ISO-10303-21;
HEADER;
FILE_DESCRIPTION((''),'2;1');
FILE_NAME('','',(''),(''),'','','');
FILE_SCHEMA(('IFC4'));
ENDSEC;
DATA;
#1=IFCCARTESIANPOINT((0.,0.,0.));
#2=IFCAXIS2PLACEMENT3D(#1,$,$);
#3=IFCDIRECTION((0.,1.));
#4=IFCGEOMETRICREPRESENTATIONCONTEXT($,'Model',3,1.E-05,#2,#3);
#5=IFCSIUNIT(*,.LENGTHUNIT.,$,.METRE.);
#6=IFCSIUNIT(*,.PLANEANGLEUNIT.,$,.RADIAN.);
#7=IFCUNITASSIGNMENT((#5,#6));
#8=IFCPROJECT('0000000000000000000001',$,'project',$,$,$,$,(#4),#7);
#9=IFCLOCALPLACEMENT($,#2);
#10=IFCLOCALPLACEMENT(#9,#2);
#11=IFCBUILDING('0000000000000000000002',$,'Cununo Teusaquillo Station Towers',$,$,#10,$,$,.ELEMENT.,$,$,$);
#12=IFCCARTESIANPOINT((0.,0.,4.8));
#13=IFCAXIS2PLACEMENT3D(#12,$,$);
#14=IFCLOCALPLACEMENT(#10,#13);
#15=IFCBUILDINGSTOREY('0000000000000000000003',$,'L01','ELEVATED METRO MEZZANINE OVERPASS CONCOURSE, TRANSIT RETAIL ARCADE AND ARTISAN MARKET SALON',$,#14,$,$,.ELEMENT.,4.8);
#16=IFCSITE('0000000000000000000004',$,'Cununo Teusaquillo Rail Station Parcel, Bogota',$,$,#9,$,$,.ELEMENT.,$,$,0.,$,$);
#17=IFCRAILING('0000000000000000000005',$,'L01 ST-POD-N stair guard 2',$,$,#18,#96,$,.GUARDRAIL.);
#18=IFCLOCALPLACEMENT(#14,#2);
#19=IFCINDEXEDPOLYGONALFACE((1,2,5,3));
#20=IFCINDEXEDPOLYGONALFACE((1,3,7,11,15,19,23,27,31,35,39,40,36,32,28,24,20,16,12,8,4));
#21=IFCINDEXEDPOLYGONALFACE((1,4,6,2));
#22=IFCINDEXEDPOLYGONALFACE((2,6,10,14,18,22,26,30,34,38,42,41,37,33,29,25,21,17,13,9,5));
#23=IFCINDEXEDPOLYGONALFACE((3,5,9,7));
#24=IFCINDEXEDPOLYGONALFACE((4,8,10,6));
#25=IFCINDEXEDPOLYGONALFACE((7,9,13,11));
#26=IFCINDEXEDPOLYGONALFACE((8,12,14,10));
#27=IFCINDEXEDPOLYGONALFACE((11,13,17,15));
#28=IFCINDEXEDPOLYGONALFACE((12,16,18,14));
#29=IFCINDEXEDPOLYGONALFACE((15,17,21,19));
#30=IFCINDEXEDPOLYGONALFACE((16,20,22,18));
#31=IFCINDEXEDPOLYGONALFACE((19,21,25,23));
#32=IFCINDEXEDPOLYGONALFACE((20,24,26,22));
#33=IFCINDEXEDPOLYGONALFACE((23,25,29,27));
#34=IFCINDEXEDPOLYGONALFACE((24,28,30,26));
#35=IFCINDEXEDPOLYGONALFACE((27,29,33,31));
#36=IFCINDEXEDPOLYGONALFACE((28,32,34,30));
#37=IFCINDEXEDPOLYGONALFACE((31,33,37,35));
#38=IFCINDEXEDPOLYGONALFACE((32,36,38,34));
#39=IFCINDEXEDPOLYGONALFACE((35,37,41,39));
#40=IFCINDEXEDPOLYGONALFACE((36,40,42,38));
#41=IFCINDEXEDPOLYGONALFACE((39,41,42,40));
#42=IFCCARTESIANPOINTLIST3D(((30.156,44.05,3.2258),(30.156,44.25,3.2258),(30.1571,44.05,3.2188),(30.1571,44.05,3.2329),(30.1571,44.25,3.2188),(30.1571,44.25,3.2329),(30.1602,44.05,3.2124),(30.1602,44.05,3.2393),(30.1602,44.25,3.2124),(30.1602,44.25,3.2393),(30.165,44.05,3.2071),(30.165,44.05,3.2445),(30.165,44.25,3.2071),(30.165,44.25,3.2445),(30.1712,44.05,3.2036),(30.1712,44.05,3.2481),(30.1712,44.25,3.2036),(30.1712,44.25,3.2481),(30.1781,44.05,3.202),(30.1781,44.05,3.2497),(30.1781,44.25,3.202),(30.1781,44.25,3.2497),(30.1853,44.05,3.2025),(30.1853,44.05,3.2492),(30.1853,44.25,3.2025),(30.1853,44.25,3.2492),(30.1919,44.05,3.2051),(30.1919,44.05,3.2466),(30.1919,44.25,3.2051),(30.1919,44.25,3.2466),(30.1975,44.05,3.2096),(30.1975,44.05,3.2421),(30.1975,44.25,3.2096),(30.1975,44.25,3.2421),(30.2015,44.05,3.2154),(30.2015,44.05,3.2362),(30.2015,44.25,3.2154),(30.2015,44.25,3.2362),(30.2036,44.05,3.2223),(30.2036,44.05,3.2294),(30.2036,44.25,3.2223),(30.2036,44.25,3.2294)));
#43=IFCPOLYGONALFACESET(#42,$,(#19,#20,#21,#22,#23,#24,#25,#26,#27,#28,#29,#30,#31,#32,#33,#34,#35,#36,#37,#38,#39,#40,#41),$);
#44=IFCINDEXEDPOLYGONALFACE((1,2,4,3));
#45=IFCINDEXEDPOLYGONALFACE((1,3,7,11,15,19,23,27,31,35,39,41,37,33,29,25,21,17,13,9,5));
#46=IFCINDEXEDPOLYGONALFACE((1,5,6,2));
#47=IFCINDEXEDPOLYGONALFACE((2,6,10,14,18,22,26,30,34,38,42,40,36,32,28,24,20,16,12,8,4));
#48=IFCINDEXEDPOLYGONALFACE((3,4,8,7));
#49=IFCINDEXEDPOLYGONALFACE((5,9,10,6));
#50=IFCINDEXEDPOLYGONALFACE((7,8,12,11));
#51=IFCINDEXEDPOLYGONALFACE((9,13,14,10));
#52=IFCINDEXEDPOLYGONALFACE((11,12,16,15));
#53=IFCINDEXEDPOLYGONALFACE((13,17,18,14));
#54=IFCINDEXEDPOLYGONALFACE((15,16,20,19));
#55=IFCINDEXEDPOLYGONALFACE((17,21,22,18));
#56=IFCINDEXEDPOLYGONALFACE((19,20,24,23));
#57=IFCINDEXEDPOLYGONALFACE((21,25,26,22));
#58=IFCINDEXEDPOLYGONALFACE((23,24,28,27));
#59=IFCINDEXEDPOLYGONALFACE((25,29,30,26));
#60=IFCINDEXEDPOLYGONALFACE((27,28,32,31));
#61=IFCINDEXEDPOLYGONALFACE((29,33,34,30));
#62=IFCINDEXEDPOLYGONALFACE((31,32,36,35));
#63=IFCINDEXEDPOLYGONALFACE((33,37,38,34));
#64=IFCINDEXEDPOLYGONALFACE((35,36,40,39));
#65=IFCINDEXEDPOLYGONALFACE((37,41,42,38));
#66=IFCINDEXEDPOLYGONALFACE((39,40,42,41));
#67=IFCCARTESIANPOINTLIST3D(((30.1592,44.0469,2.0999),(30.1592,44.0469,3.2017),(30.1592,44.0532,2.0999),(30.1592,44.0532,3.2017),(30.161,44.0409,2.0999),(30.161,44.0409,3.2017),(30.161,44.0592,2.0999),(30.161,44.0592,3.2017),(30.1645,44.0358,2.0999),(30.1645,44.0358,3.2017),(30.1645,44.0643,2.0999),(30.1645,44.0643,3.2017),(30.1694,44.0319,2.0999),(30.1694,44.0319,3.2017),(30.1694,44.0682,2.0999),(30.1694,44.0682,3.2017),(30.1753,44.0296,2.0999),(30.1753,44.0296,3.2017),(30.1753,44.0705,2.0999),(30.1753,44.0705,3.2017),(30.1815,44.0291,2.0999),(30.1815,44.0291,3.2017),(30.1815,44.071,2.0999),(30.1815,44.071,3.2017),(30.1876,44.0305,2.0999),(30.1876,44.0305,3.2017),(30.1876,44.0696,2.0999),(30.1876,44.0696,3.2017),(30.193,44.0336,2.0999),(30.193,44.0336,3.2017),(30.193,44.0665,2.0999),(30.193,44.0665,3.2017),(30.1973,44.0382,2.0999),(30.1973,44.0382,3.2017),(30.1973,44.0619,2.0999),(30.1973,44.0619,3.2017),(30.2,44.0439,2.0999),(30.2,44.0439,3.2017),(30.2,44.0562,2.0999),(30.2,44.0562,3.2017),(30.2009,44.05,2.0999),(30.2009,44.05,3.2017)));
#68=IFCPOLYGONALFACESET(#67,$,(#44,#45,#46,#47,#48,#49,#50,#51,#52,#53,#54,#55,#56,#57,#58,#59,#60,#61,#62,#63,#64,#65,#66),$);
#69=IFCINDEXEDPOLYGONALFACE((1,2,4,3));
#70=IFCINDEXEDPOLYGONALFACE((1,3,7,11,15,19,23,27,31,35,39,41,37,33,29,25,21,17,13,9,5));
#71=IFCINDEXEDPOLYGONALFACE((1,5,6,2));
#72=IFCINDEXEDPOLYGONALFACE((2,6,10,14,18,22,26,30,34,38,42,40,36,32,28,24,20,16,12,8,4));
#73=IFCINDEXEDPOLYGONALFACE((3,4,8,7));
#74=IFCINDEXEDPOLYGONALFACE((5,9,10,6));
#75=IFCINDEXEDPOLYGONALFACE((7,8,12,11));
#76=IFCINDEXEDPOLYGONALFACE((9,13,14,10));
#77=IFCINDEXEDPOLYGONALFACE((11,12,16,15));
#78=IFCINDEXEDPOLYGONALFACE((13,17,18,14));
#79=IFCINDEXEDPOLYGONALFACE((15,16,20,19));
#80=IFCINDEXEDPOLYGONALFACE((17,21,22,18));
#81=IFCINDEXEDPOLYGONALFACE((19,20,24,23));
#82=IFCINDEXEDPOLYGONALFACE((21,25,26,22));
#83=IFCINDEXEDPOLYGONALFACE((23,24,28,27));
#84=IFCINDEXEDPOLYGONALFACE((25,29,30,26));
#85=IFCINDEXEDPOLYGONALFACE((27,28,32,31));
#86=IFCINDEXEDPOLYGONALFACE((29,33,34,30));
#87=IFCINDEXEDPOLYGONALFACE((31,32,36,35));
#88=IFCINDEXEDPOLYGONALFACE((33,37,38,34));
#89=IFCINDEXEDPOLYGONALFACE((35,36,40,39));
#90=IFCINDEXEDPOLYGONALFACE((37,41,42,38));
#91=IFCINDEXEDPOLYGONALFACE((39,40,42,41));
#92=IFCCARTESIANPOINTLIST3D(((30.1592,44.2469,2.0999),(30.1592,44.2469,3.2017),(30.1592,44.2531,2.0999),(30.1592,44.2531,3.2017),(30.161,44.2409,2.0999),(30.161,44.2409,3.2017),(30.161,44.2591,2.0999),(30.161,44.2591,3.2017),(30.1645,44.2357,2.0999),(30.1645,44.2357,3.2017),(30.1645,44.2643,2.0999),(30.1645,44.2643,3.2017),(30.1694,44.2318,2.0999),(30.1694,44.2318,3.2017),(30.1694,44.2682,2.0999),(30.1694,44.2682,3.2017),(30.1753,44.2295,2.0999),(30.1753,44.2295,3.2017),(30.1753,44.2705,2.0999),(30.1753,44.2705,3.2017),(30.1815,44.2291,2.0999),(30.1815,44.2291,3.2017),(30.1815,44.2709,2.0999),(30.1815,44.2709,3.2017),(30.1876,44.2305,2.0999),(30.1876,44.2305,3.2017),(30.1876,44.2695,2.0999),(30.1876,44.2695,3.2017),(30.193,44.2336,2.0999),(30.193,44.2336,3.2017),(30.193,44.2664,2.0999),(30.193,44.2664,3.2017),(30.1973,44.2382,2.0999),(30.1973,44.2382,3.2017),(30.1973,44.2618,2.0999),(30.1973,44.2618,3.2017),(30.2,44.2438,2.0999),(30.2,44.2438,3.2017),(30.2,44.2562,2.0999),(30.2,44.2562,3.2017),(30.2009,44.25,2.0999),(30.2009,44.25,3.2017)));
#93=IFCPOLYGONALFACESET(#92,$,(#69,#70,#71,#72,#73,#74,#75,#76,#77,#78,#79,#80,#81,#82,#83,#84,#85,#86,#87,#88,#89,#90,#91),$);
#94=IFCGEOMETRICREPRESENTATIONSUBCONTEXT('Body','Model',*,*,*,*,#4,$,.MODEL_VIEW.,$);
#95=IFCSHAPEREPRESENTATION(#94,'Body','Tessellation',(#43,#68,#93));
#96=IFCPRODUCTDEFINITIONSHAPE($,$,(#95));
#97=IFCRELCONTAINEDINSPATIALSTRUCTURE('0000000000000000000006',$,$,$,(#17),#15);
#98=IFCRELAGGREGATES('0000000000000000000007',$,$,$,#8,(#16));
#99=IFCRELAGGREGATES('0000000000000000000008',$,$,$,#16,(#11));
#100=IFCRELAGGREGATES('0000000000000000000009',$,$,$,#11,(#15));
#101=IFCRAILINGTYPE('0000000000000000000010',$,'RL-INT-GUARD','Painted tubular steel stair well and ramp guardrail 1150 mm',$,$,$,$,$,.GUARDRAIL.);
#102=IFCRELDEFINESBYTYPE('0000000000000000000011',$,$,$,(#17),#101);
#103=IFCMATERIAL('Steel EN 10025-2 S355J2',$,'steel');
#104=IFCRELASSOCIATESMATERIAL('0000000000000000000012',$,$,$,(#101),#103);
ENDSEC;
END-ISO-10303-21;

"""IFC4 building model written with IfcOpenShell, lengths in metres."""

from ifc_helpers import new_model, si_unit, direction, frame, origin, origin_2d, place, context, subcontext, project, spatial, circle, extrude, material, type_object, element, save


model = new_model("IFC4")

# Units and contexts
model_context = context("Model", 3, precision=1e-05, world=origin(), true_north=direction((0.0, 1.0)))
body_context = subcontext(model_context, "Body", "Model", "MODEL_VIEW")
ifc_project = project(units=[si_unit("LENGTHUNIT", "METRE"), si_unit("PLANEANGLEUNIT", "RADIAN")], contexts=[model_context])

# Site, building, storey
site_placement = place(None, origin())
site = spatial("IfcSite", under=ifc_project, at=site_placement, Name="Cununo Teusaquillo Rail Station Parcel, Bogota", CompositionType="ELEMENT", RefElevation=0.0)
building_placement = place(site_placement, origin())
building = spatial("IfcBuilding", under=site, at=building_placement, Name="Cununo Teusaquillo Station Towers", CompositionType="ELEMENT")
storey_placement = place(building_placement, frame((0.0, 0.0, 4.8)))
storey = spatial("IfcBuildingStorey", under=building, at=storey_placement, Name="L01", Description="ELEVATED METRO MEZZANINE OVERPASS CONCOURSE, TRANSIT RETAIL ARCADE AND ARTISAN MARKET SALON", CompositionType="ELEMENT", Elevation=4.8)

# Railing
ifc_material_1 = material(Name="Steel EN 10025-2 S355J2", Category="steel")
railing_type_1 = type_object("IfcRailingType", Name="RL-INT-GUARD", Description="Painted tubular steel stair well and ramp guardrail 1150 mm", PredefinedType="GUARDRAIL", material=ifc_material_1)
railing_1_placement = place(storey_placement, frame((30.1799, 44.05, 2.0999)))
element("IfcRailing", 1, at=railing_1_placement, inside=storey, type_object=railing_type_1, Name="L01 ST-POD-N stair guard 2", PredefinedType="GUARDRAIL", context=body_context, shape_type="SweptSolid", body=[
    extrude(circle(Radius=0.0239, at=origin_2d()), frame((0.0, 0.0, 1.126), z_axis=(0.0, 1.0, 0.0), x_axis=(-1.0, 0.0, 0.0)), (0.0, 0.0, 1.0), 0.2),
    extrude(circle(Radius=0.021, at=origin_2d()), origin(), (0.0, 0.0, 1.0), 1.1018),
    extrude(circle(Radius=0.021, at=origin_2d()), frame((0.0, 0.2, 0.0)), (0.0, 0.0, 1.0), 1.1018),
])

save(model, "model.ifc")
